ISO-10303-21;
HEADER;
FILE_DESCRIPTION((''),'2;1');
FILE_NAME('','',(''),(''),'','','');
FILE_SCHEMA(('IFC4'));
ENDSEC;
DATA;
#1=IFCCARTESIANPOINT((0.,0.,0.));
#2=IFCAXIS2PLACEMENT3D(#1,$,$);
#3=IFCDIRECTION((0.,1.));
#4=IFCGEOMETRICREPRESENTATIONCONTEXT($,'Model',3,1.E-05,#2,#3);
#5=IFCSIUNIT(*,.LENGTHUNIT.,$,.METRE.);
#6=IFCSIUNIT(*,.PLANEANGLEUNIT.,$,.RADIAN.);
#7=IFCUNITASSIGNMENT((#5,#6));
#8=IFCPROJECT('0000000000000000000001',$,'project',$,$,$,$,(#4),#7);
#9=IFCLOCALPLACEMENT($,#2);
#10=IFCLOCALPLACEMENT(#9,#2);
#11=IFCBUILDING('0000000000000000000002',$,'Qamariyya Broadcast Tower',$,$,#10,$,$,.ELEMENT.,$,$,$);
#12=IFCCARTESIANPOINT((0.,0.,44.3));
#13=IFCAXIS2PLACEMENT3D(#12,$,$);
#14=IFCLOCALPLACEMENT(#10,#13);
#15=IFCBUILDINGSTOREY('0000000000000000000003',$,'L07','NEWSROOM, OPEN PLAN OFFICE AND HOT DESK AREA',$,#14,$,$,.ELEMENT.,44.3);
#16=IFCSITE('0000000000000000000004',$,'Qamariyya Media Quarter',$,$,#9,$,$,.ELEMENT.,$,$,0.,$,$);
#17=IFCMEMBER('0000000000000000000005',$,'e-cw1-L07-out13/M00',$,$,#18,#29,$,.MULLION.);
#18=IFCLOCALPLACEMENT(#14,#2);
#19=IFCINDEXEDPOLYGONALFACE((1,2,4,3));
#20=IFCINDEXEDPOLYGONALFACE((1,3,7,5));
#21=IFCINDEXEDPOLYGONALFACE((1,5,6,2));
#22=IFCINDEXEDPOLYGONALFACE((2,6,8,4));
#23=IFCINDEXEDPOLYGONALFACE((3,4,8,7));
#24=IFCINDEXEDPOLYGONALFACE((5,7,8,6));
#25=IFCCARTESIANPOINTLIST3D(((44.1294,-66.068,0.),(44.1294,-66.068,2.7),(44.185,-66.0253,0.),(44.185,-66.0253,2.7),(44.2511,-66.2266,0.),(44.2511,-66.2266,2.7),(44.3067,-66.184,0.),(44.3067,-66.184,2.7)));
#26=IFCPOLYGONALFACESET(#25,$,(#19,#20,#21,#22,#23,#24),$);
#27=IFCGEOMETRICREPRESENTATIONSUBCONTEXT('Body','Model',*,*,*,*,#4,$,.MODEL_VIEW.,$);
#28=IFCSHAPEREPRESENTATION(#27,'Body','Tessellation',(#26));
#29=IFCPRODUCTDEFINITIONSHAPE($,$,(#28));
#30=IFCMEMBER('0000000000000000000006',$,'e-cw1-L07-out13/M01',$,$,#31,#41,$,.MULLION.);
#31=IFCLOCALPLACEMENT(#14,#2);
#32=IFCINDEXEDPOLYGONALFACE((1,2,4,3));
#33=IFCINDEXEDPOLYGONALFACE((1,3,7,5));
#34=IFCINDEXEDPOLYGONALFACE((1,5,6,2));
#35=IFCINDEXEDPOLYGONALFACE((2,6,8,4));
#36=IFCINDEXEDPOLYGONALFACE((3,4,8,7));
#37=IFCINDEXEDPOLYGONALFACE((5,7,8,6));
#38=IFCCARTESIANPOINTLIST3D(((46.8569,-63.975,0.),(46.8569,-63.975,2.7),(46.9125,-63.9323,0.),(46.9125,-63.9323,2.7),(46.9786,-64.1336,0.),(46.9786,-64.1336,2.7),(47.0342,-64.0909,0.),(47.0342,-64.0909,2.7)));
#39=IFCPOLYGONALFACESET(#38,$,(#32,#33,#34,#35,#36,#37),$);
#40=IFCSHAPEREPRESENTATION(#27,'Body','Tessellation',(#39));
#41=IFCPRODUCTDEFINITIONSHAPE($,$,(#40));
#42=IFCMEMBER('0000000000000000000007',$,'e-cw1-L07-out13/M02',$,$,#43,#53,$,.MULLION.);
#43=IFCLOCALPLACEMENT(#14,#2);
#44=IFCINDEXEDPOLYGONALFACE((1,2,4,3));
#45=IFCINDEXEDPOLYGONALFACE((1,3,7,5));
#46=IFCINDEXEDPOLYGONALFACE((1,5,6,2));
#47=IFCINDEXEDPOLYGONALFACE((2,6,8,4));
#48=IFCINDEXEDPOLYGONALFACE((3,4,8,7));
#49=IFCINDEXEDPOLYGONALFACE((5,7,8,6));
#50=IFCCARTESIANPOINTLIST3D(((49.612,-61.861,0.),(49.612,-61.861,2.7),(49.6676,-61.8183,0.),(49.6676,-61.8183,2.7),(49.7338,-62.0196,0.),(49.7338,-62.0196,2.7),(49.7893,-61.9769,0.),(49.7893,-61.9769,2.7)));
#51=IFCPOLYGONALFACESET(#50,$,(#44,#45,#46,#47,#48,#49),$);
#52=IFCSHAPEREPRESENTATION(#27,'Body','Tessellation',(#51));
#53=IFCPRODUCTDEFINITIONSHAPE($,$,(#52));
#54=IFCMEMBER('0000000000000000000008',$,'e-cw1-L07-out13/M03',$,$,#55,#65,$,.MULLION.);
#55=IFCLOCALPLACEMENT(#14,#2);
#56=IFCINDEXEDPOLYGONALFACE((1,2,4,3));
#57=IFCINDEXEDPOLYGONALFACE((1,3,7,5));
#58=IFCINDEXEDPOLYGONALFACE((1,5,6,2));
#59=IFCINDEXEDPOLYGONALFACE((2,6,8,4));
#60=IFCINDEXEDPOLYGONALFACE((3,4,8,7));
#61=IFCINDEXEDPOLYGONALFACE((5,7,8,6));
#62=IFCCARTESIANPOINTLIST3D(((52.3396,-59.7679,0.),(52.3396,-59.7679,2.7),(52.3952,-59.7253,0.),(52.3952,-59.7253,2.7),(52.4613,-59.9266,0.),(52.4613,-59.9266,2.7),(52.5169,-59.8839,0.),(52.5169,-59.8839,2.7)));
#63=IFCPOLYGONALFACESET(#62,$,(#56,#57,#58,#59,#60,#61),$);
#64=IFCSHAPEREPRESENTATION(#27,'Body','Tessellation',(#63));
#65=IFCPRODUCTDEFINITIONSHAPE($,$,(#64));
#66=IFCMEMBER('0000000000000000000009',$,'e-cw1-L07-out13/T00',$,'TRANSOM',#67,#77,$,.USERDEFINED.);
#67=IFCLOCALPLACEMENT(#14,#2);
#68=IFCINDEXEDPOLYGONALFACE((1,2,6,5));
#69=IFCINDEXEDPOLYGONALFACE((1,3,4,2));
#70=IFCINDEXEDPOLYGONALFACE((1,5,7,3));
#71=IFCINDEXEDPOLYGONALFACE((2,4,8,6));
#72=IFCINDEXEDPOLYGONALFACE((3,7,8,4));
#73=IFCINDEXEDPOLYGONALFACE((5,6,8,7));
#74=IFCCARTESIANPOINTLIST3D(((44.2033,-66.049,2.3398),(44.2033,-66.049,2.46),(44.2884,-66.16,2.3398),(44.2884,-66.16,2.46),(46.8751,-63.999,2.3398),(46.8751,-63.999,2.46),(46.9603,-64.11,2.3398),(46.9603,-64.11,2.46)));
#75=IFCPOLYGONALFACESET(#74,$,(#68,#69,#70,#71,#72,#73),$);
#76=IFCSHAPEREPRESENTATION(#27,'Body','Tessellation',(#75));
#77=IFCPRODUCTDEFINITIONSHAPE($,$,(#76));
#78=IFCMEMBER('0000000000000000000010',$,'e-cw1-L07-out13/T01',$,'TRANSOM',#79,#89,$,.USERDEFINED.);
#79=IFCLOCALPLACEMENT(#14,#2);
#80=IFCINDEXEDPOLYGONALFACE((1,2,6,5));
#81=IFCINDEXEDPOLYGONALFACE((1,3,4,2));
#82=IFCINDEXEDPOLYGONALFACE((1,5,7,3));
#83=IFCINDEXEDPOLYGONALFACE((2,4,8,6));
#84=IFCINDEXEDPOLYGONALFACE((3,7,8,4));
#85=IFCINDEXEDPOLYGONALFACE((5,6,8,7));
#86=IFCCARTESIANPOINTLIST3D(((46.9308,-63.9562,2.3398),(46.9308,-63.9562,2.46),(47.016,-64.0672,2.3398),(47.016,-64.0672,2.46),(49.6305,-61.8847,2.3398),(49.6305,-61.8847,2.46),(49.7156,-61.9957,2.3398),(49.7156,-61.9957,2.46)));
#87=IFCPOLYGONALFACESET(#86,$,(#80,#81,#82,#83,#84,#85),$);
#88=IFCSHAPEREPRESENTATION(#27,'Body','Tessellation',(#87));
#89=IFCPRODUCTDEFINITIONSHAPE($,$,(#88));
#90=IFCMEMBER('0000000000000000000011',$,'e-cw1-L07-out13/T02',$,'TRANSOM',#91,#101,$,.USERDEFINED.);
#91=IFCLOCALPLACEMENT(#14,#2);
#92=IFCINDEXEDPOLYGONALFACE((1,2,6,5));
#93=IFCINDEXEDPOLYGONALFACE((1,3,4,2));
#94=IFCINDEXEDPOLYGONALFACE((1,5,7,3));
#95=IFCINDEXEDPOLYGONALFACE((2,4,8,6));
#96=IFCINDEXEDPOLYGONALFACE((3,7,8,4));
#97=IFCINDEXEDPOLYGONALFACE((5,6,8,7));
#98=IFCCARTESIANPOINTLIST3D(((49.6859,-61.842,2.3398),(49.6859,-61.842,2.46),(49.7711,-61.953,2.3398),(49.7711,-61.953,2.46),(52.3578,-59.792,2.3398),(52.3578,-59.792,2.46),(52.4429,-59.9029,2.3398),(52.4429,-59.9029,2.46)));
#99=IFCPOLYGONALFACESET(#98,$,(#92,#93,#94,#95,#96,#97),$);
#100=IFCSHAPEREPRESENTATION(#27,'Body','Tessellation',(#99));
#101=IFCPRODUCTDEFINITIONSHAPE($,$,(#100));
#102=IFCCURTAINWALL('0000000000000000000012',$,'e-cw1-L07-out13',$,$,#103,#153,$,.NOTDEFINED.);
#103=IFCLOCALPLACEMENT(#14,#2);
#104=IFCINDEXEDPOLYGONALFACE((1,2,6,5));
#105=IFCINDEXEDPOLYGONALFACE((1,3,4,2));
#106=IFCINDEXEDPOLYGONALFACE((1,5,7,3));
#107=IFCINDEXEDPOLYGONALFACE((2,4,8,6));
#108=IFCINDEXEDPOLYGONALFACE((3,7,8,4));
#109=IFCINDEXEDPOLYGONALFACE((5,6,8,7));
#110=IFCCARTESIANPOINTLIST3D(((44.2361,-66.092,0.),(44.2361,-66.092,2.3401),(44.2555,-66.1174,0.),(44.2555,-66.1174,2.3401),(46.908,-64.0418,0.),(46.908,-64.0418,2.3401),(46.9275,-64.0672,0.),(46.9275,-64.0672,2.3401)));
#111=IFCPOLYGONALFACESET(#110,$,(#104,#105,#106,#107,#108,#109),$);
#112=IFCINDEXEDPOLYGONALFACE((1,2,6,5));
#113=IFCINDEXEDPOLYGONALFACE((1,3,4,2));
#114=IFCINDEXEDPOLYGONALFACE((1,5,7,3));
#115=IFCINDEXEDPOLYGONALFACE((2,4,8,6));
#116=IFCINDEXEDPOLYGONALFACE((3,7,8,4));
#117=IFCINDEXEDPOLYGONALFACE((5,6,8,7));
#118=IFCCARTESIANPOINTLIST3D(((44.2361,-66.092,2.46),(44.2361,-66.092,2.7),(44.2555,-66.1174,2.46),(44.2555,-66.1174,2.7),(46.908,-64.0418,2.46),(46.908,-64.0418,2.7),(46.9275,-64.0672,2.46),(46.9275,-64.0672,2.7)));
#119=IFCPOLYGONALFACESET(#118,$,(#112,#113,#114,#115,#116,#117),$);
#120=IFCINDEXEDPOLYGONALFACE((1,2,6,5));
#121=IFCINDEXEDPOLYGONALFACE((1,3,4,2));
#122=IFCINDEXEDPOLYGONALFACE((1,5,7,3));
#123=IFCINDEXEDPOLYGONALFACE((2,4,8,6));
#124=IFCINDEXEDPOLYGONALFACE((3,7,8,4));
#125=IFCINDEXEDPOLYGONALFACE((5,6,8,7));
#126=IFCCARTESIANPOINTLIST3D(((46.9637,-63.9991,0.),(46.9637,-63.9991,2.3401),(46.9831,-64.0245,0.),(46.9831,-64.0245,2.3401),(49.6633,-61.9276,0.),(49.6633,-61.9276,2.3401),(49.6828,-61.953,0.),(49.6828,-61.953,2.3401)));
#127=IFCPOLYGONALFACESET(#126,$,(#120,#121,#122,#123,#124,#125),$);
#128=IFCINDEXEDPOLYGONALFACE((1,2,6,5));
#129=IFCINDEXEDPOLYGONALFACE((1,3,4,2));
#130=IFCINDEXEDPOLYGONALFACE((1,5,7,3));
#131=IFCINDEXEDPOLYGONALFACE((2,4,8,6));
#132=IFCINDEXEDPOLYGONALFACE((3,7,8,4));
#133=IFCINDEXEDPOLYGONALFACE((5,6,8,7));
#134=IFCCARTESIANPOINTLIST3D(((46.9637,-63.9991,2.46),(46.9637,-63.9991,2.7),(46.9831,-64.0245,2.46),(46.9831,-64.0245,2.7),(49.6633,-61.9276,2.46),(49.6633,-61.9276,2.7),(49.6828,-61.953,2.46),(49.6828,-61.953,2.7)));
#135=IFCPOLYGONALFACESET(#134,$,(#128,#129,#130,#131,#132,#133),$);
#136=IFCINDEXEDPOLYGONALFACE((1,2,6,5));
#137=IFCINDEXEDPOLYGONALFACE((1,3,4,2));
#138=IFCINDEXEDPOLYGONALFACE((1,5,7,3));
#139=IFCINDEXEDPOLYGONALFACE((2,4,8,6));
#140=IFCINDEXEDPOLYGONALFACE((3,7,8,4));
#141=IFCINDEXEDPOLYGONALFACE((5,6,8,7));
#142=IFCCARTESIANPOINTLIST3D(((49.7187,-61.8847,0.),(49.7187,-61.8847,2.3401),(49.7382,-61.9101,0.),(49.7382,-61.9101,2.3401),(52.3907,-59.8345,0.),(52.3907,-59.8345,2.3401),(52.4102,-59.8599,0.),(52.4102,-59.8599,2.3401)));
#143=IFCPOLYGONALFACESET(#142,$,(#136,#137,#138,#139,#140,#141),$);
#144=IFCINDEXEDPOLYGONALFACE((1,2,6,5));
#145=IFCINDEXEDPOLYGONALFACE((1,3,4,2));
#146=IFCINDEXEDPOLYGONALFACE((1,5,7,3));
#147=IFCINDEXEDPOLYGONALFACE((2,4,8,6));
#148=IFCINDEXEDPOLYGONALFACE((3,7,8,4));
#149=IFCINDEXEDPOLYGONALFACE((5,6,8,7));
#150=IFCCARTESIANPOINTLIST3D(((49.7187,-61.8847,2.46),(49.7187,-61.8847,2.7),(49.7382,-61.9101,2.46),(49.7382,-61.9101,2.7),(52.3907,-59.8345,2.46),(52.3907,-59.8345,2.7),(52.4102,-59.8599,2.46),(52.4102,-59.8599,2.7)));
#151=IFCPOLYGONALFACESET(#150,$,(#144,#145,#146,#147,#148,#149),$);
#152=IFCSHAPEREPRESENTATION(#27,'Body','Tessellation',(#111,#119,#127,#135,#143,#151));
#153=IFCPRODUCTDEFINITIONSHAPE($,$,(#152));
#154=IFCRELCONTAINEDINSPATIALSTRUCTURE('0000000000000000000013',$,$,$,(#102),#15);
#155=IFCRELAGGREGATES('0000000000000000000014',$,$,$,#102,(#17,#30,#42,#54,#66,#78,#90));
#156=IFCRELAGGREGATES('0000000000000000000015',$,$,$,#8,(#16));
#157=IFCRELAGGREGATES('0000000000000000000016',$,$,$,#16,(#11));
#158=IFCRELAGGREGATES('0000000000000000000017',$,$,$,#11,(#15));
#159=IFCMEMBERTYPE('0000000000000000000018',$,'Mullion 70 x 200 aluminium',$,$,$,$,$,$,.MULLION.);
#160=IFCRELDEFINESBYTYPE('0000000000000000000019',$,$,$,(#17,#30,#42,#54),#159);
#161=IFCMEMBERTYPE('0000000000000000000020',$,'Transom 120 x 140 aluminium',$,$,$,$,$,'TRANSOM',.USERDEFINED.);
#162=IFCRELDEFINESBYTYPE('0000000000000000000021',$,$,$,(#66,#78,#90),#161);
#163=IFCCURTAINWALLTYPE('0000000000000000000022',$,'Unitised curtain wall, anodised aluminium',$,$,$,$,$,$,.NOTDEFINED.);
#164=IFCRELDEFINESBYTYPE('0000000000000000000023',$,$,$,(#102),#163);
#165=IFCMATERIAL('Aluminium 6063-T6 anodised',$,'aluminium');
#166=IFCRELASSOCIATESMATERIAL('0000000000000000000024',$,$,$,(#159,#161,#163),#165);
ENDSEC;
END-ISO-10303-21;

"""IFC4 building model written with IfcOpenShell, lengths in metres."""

from ifc_helpers import new_model, si_unit, direction, frame, origin, origin_2d, place, context, subcontext, project, spatial, rectangle, extrude, material, material_profile, profile_set, type_object, element, aggregate, save


model = new_model("IFC4")

# Units and contexts
model_context = context("Model", 3, precision=1e-05, world=origin(), true_north=direction((0.0, 1.0)))
body_context = subcontext(model_context, "Body", "Model", "MODEL_VIEW")
ifc_project = project(units=[si_unit("LENGTHUNIT", "METRE"), si_unit("PLANEANGLEUNIT", "RADIAN")], contexts=[model_context])

# Members
ifc_material = material(Name="Aluminium 6063-T6 anodised", Category="aluminium")
ifc_material_profile_1 = material_profile(ifc_material, rectangle(XDim=0.2, YDim=0.0701, at=origin_2d()))
ifc_profile_set_1 = profile_set([ifc_material_profile_1], Name="Aluminium 6063-T6 anodised")
member_type_1 = type_object("IfcMemberType", Name="Mullion 70 x 200 aluminium", PredefinedType="MULLION", material=ifc_profile_set_1)
site_placement = place(None, origin())
building_placement = place(site_placement, origin())
storey_placement = place(building_placement, frame((0.0, 0.0, 44.3)))
member_1_placement = place(storey_placement, frame((44.218, -66.126, 0.0), z_axis=(0.0, 0.0, 1.0), x_axis=(-0.608761, 0.793353, 0.0)))
member_1 = element("IfcMember", 1, at=member_1_placement, type_object=member_type_1, Name="e-cw1-L07-out13/M00", PredefinedType="MULLION", context=body_context, shape_type="SweptSolid", body=[
    extrude(rectangle(XDim=0.2, YDim=0.0701, at=origin_2d()), origin(), (0.0, 0.0, 1.0), 2.7),
])
member_2_placement = place(storey_placement, frame((46.9456, -64.033, 0.0), z_axis=(0.0, 0.0, 1.0), x_axis=(-0.608761, 0.793353, 0.0)))
member_2 = element("IfcMember", 2, at=member_2_placement, type_object=member_type_1, Name="e-cw1-L07-out13/M01", PredefinedType="MULLION", context=body_context, shape_type="SweptSolid", body=[
    extrude(rectangle(XDim=0.2, YDim=0.0701, at=origin_2d()), origin(), (0.0, 0.0, 1.0), 2.7),
])
member_3_placement = place(storey_placement, frame((49.7007, -61.9189, 0.0), z_axis=(0.0, 0.0, 1.0), x_axis=(-0.608761, 0.793353, 0.0)))
member_3 = element("IfcMember", 3, at=member_3_placement, type_object=member_type_1, Name="e-cw1-L07-out13/M02", PredefinedType="MULLION", context=body_context, shape_type="SweptSolid", body=[
    extrude(rectangle(XDim=0.2, YDim=0.0701, at=origin_2d()), origin(), (0.0, 0.0, 1.0), 2.7),
])
member_4_placement = place(storey_placement, frame((52.4282, -59.8259, 0.0), z_axis=(0.0, 0.0, 1.0), x_axis=(-0.608761, 0.793353, 0.0)))
member_4 = element("IfcMember", 4, at=member_4_placement, type_object=member_type_1, Name="e-cw1-L07-out13/M03", PredefinedType="MULLION", context=body_context, shape_type="SweptSolid", body=[
    extrude(rectangle(XDim=0.2, YDim=0.0701, at=origin_2d()), origin(), (0.0, 0.0, 1.0), 2.7),
])
ifc_material_profile_2 = material_profile(ifc_material, rectangle(XDim=0.1399, YDim=0.1201, at=origin_2d()))
ifc_profile_set_2 = profile_set([ifc_material_profile_2], Name="Aluminium 6063-T6 anodised")
member_type_2 = type_object("IfcMemberType", Name="Transom 120 x 140 aluminium", ElementType="TRANSOM", PredefinedType="USERDEFINED", material=ifc_profile_set_2)
member_5_placement = place(storey_placement, frame((44.2458, -66.1045, 2.3999), z_axis=(0.793375, 0.608733, 0.0), x_axis=(-0.608733, 0.793375, 0.0)))
member_5 = element("IfcMember", 5, at=member_5_placement, type_object=member_type_2, Name="e-cw1-L07-out13/T00", ObjectType="TRANSOM", PredefinedType="USERDEFINED", context=body_context, shape_type="SweptSolid", body=[
    extrude(rectangle(XDim=0.1399, YDim=0.1201, at=origin_2d()), origin(), (0.0, 0.0, 1.0), 3.3677),
])
member_6_placement = place(storey_placement, frame((46.9734, -64.0117, 2.3999), z_axis=(0.793357, 0.608757, 0.0), x_axis=(-0.608757, 0.793357, 0.0)))
member_6 = element("IfcMember", 6, at=member_6_placement, type_object=member_type_2, Name="e-cw1-L07-out13/T01", ObjectType="TRANSOM", PredefinedType="USERDEFINED", context=body_context, shape_type="SweptSolid", body=[
    extrude(rectangle(XDim=0.1399, YDim=0.1201, at=origin_2d()), origin(), (0.0, 0.0, 1.0), 3.4028),
])
member_7_placement = place(storey_placement, frame((49.7285, -61.8975, 2.3999), z_axis=(0.793375, 0.608733, 0.0), x_axis=(-0.608733, 0.793375, 0.0)))
member_7 = element("IfcMember", 7, at=member_7_placement, type_object=member_type_2, Name="e-cw1-L07-out13/T02", ObjectType="TRANSOM", PredefinedType="USERDEFINED", context=body_context, shape_type="SweptSolid", body=[
    extrude(rectangle(XDim=0.1399, YDim=0.1201, at=origin_2d()), origin(), (0.0, 0.0, 1.0), 3.3677),
])

# Site, building, storey
site = spatial("IfcSite", under=ifc_project, at=site_placement, Name="Qamariyya Media Quarter", CompositionType="ELEMENT", RefElevation=0.0)
building = spatial("IfcBuilding", under=site, at=building_placement, Name="Qamariyya Broadcast Tower", CompositionType="ELEMENT")
storey = spatial("IfcBuildingStorey", under=building, at=storey_placement, Name="L07", Description="NEWSROOM, OPEN PLAN OFFICE AND HOT DESK AREA", CompositionType="ELEMENT", Elevation=44.3)

# Curtain wall
curtain_wall_type = type_object("IfcCurtainWallType", Name="Unitised curtain wall, anodised aluminium", PredefinedType="NOTDEFINED", material=ifc_material)
curtain_wall_1_placement = place(storey_placement, origin())
curtain_wall_1 = element("IfcCurtainWall", 8, at=curtain_wall_1_placement, inside=storey, type_object=curtain_wall_type, Name="e-cw1-L07-out13", PredefinedType="NOTDEFINED", context=body_context, shape_type="SweptSolid", body=[
    extrude(rectangle(XDim=3.3679, YDim=0.032, at=origin_2d()), frame((45.5818, -65.0796, 0.0), x_axis=(0.793358, 0.608756, 0.0)), (0.0, 0.0, 1.0), 2.3401),
    extrude(rectangle(XDim=3.3679, YDim=0.032, at=origin_2d()), frame((45.5818, -65.0796, 2.46), x_axis=(0.793358, 0.608756, 0.0)), (0.0, 0.0, 1.0), 0.24),
    extrude(rectangle(XDim=3.4028, YDim=0.032, at=origin_2d()), frame((48.3232, -62.9761, 0.0), x_axis=(0.793358, 0.608756, 0.0)), (0.0, 0.0, 1.0), 2.3401),
    extrude(rectangle(XDim=3.4028, YDim=0.032, at=origin_2d()), frame((48.3232, -62.9761, 2.46), x_axis=(0.793358, 0.608756, 0.0)), (0.0, 0.0, 1.0), 0.24),
    extrude(rectangle(XDim=3.3679, YDim=0.032, at=origin_2d()), frame((51.0645, -60.8723, 0.0), x_axis=(0.793358, 0.608756, 0.0)), (0.0, 0.0, 1.0), 2.3401),
    extrude(rectangle(XDim=3.3679, YDim=0.032, at=origin_2d()), frame((51.0645, -60.8723, 2.46), x_axis=(0.793358, 0.608756, 0.0)), (0.0, 0.0, 1.0), 0.24),
])
aggregate(curtain_wall_1, [member_1, member_2, member_3, member_4, member_5, member_6, member_7])

save(model, "model.ifc")
